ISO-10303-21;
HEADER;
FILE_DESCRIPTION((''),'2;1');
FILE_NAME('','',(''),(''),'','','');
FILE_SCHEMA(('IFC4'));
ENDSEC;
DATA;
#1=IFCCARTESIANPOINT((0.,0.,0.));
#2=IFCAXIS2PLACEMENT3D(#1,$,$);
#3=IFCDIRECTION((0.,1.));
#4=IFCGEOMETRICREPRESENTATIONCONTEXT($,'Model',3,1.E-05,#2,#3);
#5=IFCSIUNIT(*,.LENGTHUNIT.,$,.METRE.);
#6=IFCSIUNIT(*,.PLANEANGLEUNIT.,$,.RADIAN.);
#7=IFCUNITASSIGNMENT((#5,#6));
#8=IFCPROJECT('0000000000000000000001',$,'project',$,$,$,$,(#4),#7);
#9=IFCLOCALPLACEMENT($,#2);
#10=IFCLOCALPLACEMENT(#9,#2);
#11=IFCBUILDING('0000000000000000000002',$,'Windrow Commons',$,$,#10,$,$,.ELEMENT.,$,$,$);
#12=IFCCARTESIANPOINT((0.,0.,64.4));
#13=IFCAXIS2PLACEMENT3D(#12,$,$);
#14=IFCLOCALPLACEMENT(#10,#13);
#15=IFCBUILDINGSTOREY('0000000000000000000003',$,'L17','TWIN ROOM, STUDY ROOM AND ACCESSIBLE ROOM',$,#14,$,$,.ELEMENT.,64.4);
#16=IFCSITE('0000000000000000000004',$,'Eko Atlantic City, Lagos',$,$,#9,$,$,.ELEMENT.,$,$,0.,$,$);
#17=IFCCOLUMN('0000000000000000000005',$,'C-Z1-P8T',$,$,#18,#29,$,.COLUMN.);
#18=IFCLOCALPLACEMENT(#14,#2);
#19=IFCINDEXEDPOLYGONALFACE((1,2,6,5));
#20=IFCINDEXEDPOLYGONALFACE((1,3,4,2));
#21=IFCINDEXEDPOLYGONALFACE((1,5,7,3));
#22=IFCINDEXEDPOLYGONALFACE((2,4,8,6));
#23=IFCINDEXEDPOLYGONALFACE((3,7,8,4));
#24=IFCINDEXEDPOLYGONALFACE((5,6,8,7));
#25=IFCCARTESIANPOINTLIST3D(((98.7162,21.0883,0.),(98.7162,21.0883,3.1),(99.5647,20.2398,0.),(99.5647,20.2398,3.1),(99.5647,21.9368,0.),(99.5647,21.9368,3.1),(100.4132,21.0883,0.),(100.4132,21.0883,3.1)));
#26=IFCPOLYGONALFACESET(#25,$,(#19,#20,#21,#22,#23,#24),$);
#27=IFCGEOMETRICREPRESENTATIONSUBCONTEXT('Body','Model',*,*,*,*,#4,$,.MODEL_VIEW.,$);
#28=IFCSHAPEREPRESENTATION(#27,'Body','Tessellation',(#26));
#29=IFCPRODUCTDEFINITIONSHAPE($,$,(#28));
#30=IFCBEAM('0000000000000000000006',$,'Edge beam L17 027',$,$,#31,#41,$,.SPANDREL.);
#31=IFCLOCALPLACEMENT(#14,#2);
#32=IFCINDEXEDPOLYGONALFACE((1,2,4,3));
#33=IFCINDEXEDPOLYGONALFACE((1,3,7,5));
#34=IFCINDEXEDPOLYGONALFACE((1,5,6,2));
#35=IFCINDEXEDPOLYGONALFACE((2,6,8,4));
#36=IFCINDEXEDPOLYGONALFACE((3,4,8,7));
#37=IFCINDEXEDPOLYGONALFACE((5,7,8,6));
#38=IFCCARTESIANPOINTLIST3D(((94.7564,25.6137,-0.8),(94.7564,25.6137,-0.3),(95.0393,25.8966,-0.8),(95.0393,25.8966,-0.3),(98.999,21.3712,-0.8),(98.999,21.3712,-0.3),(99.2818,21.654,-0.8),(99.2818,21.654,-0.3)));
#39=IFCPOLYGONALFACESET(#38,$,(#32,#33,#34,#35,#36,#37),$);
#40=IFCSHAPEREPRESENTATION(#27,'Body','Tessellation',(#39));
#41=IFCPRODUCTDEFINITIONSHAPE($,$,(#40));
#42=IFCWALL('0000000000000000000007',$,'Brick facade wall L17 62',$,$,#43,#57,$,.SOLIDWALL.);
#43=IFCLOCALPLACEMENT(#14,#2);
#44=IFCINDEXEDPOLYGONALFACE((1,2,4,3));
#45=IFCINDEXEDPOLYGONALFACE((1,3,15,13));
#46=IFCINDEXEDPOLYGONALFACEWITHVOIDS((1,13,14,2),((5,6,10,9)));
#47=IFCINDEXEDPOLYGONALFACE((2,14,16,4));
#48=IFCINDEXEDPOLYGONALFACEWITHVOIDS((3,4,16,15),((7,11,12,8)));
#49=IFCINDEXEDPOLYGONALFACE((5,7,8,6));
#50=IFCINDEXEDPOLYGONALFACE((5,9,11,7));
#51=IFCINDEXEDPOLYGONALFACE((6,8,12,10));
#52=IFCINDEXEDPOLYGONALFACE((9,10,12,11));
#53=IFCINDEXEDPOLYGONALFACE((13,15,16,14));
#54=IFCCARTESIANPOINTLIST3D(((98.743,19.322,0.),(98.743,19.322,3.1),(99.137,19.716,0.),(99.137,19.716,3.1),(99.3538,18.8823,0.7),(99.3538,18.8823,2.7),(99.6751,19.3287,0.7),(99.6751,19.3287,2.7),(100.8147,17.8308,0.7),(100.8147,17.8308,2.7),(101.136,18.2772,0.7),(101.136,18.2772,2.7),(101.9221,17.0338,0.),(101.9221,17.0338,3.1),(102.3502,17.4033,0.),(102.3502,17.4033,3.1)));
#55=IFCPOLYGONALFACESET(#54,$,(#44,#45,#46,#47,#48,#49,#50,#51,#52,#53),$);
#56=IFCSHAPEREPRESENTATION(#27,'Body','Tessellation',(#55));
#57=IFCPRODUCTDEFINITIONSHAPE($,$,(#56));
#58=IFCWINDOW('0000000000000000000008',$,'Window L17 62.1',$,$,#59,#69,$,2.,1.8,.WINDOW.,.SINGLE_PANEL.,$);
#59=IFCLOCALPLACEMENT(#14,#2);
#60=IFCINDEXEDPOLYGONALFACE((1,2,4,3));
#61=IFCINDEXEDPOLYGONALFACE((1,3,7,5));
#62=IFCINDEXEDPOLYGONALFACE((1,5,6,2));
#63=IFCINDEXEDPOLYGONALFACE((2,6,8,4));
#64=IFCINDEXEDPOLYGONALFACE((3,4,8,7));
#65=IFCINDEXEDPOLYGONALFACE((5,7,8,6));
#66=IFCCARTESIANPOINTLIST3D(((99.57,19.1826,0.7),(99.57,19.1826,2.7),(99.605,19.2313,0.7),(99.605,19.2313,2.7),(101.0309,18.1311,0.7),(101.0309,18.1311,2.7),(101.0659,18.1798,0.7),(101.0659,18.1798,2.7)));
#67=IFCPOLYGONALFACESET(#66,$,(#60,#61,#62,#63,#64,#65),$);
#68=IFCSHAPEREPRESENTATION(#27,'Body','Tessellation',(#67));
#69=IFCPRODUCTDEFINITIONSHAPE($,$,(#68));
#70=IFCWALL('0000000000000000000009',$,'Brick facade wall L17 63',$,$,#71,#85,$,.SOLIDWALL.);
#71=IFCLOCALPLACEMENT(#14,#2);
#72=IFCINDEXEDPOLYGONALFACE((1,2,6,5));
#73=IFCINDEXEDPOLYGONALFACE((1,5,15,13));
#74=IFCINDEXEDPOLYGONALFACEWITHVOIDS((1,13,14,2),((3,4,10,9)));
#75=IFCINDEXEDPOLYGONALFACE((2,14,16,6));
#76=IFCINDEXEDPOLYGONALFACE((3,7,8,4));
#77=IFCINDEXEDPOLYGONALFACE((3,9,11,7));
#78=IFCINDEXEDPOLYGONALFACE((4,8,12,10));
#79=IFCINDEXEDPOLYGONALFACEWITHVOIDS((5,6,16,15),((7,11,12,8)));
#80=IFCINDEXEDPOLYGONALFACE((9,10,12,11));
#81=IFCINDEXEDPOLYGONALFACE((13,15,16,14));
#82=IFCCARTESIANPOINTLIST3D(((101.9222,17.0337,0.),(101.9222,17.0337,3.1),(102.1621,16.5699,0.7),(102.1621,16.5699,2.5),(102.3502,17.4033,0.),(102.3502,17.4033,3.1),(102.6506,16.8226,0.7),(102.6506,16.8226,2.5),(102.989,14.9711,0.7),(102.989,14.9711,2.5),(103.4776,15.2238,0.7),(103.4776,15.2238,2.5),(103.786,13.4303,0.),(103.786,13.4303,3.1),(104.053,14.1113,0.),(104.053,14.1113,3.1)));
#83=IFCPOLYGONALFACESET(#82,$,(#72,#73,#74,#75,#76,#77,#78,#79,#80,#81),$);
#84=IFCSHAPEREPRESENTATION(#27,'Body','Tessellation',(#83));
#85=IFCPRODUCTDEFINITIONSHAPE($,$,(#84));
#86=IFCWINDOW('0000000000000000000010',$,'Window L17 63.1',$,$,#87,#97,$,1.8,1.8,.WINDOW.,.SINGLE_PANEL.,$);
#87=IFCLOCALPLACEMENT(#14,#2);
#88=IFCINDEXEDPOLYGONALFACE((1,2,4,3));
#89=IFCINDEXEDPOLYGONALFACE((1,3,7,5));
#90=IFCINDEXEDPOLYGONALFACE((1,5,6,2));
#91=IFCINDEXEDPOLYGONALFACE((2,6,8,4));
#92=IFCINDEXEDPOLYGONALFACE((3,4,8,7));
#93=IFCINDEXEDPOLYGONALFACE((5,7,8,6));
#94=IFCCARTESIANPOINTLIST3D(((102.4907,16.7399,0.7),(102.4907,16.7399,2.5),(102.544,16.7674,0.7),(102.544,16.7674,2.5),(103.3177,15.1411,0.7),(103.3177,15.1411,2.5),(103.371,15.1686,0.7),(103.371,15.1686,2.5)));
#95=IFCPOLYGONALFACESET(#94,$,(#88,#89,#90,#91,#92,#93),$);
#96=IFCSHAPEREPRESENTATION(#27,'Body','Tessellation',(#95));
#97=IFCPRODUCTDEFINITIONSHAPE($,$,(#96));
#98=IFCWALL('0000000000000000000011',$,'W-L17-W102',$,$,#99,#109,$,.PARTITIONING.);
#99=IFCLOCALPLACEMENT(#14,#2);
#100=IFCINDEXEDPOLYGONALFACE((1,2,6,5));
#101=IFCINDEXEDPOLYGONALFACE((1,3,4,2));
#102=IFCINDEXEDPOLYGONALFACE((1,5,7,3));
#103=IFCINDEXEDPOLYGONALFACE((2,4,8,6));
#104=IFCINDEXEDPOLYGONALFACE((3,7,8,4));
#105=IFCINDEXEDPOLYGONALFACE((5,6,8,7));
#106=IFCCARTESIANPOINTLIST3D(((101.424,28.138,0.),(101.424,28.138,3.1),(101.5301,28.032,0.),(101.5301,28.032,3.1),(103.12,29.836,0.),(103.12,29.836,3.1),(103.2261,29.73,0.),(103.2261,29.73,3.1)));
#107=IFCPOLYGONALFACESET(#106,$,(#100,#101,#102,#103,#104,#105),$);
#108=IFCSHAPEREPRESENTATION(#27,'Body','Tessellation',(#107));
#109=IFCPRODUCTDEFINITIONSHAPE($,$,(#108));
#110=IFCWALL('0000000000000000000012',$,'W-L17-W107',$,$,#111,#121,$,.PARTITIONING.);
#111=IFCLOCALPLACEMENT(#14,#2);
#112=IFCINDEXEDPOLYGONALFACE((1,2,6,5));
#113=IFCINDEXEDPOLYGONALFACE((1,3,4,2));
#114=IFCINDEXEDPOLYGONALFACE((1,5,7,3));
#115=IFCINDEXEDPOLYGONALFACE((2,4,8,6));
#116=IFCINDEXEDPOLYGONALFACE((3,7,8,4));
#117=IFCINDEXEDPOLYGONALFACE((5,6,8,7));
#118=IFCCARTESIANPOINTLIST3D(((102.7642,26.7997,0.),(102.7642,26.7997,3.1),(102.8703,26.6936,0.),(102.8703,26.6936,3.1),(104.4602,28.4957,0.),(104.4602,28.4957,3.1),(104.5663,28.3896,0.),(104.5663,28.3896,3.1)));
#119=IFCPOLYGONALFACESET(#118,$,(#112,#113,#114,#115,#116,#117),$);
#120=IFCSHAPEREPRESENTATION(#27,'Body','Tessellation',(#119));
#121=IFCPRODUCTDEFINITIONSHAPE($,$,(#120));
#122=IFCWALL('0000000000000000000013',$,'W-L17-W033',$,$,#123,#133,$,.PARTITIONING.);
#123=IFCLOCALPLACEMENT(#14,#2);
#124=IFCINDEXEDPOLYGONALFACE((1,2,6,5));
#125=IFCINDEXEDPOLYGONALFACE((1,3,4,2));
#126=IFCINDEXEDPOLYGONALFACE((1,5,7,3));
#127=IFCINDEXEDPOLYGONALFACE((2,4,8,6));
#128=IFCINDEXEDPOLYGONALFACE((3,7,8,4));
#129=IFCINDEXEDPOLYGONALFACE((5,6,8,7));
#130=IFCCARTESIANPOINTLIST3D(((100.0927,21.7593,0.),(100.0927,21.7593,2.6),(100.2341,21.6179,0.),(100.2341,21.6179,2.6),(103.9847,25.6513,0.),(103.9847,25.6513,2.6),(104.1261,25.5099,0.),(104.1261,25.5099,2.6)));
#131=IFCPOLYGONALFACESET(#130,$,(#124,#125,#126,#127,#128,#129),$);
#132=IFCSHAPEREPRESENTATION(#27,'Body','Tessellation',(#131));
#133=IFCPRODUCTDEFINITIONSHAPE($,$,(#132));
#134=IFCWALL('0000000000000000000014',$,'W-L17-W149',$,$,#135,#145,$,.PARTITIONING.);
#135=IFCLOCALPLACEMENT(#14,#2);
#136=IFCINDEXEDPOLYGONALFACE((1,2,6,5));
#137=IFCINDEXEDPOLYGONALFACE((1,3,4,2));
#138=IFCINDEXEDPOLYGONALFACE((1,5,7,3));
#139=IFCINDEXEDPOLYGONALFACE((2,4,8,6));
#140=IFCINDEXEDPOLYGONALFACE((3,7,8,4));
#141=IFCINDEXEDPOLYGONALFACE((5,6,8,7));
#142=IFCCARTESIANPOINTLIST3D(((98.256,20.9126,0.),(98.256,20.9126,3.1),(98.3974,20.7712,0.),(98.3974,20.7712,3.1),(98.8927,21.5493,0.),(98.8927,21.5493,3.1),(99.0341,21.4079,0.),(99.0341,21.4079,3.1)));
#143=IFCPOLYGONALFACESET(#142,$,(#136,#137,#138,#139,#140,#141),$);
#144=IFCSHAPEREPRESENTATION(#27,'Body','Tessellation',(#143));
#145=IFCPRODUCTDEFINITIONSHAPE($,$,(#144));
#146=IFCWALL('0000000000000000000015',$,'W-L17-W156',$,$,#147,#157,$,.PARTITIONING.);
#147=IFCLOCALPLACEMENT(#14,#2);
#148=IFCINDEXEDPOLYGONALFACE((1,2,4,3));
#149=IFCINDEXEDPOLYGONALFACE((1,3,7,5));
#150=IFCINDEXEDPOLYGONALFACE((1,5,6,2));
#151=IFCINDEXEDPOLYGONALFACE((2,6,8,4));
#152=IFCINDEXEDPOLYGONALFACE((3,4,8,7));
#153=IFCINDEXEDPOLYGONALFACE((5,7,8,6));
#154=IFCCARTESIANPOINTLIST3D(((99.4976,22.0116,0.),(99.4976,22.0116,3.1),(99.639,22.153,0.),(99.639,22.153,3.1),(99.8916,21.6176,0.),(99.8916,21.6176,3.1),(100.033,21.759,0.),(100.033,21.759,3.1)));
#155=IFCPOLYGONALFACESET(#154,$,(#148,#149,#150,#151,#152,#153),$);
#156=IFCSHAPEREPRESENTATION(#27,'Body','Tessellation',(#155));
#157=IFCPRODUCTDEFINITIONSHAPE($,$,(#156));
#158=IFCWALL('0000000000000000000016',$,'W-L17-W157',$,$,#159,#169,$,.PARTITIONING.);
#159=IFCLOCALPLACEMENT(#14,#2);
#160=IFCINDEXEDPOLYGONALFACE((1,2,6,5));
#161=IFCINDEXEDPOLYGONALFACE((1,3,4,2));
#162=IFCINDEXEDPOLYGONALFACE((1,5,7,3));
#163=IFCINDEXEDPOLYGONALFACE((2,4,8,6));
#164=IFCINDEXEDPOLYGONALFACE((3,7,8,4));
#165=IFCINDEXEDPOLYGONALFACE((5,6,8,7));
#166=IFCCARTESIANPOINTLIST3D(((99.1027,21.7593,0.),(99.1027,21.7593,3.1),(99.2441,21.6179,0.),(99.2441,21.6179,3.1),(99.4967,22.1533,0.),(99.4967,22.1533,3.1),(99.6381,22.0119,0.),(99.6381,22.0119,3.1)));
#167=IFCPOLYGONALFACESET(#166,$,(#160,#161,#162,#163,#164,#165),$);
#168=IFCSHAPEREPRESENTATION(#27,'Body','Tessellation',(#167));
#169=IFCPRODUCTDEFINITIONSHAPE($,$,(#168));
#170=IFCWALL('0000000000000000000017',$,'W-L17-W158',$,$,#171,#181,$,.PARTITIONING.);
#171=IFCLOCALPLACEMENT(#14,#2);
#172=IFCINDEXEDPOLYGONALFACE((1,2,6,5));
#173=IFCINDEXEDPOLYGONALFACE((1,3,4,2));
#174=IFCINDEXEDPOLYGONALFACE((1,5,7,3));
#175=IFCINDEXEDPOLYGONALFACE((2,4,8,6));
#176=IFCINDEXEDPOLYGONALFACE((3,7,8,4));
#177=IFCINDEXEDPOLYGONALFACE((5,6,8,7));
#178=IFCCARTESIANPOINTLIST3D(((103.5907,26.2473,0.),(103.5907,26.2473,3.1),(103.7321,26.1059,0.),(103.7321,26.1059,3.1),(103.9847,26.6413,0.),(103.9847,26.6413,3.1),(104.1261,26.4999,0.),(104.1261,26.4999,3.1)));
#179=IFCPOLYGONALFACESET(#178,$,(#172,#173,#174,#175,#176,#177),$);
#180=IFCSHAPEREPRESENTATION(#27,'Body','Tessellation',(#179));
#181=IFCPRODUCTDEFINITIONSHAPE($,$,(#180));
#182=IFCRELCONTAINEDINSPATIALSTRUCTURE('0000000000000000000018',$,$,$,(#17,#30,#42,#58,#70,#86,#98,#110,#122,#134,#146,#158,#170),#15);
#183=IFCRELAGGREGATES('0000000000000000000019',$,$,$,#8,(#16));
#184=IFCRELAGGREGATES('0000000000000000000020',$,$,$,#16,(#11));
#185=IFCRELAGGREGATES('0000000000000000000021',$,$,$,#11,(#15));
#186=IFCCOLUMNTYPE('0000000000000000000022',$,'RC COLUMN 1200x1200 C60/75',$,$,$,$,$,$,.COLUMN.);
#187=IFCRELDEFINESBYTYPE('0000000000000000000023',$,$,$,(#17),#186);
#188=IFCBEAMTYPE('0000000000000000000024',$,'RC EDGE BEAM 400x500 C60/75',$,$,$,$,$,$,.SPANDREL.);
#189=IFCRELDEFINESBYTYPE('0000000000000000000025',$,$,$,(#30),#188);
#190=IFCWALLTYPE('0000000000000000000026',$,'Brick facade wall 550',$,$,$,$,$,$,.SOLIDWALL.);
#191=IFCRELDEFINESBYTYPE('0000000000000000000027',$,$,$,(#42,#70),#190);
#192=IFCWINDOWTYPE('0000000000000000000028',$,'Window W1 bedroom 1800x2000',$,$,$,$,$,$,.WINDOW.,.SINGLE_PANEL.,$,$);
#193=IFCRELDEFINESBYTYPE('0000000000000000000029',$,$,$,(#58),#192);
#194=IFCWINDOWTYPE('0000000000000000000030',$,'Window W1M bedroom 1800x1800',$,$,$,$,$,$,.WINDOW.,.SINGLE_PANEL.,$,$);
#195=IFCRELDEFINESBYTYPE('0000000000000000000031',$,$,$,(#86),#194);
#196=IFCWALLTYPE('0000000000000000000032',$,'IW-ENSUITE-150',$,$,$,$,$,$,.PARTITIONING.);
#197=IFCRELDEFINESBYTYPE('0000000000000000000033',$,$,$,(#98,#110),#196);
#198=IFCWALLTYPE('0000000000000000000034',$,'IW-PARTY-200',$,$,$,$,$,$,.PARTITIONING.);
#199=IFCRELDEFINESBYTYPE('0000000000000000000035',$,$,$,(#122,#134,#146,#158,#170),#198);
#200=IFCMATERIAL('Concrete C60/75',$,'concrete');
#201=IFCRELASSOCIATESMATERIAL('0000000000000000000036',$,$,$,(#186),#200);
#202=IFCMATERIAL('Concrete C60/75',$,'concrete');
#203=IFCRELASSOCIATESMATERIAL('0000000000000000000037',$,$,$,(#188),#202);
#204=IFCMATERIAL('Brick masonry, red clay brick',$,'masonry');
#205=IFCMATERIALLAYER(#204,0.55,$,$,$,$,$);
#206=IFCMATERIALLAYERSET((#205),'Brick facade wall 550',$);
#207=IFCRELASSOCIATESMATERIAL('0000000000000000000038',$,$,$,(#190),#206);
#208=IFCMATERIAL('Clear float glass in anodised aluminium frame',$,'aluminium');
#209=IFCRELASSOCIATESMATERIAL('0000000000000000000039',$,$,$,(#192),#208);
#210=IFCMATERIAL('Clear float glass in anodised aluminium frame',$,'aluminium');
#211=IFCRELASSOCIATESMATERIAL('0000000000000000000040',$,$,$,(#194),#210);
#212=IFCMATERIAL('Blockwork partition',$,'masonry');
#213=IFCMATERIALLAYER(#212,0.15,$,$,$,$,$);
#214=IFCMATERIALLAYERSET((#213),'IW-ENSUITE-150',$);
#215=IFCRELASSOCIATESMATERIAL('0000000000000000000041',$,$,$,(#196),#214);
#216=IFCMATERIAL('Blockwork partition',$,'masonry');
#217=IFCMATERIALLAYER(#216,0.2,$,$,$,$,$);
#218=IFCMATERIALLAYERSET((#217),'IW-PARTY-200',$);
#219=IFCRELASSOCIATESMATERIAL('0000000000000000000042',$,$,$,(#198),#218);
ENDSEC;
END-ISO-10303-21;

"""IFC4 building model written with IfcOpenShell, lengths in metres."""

from ifc_helpers import new_model, si_unit, direction, frame, frame_2d, origin, origin_2d, place, context, subcontext, project, spatial, polyline, rectangle, outline, extrude, material, layer, layer_set, material_profile, profile_set, type_object, element, fill, save


model = new_model("IFC4")

# Units and contexts
model_context = context("Model", 3, precision=1e-05, world=origin(), true_north=direction((0.0, 1.0)))
body_context = subcontext(model_context, "Body", "Model", "MODEL_VIEW")
ifc_project = project(units=[si_unit("LENGTHUNIT", "METRE"), si_unit("PLANEANGLEUNIT", "RADIAN")], contexts=[model_context])

# Site, building, storey
site_placement = place(None, origin())
site = spatial("IfcSite", under=ifc_project, at=site_placement, Name="Eko Atlantic City, Lagos", CompositionType="ELEMENT", RefElevation=0.0)
building_placement = place(site_placement, origin())
building = spatial("IfcBuilding", under=site, at=building_placement, Name="Windrow Commons", CompositionType="ELEMENT")
storey_placement = place(building_placement, frame((0.0, 0.0, 64.4)))
storey = spatial("IfcBuildingStorey", under=building, at=storey_placement, Name="L17", Description="TWIN ROOM, STUDY ROOM AND ACCESSIBLE ROOM", CompositionType="ELEMENT", Elevation=64.4)

# Column
ifc_material_1 = material(Name="Concrete C60/75", Category="concrete")
ifc_material_profile_1 = material_profile(ifc_material_1, rectangle(XDim=1.2, YDim=1.2, at=origin_2d()))
ifc_profile_set_1 = profile_set([ifc_material_profile_1], Name="Concrete C60/75")
column_type = type_object("IfcColumnType", Name="RC COLUMN 1200x1200 C60/75", PredefinedType="COLUMN", material=ifc_profile_set_1)
column_placement = place(storey_placement, frame((99.5647, 21.0883, 0.0), z_axis=(0.0, 0.0, 1.0), x_axis=(0.707107, -0.707107, 0.0)))
element("IfcColumn", 1, at=column_placement, inside=storey, type_object=column_type, Name="C-Z1-P8T", PredefinedType="COLUMN", context=body_context, shape_type="SweptSolid", body=[
    extrude(rectangle(XDim=1.2, YDim=1.2, at=origin_2d()), origin(), (0.0, 0.0, 1.0), 3.1),
])

# Beam
ifc_material_2 = material(Name="Concrete C60/75", Category="concrete")
ifc_material_profile_2 = material_profile(ifc_material_2, rectangle(XDim=0.4, YDim=0.5, at=origin_2d()))
ifc_profile_set_2 = profile_set([ifc_material_profile_2], Name="Concrete C60/75")
beam_type = type_object("IfcBeamType", Name="RC EDGE BEAM 400x500 C60/75", PredefinedType="SPANDREL", material=ifc_profile_set_2)
beam_placement = place(storey_placement, frame((99.1404, 21.5126, -0.55), z_axis=(-0.707107, 0.707107, 0.0), x_axis=(-0.707107, -0.707107, 0.0)))
element("IfcBeam", 2, at=beam_placement, inside=storey, type_object=beam_type, Name="Edge beam L17 027", PredefinedType="SPANDREL", context=body_context, shape_type="SweptSolid", body=[
    extrude(rectangle(XDim=0.4, YDim=0.5, at=origin_2d()), origin(), (0.0, 0.0, 1.0), 5.9999),
])

# Walls, openings, windows
ifc_material_3 = material(Name="Brick masonry, red clay brick", Category="masonry")
ifc_layer_1 = layer(ifc_material_3, 0.55)
ifc_layer_set_1 = layer_set([ifc_layer_1], Name="Brick facade wall 550")
wall_type_1 = type_object("IfcWallType", Name="Brick facade wall 550", PredefinedType="SOLIDWALL", material=ifc_layer_set_1)
wall_1_placement = place(storey_placement, frame((98.94, 19.519, 0.0), z_axis=(0.0, 0.0, 1.0), x_axis=(0.811626, -0.584177, 0.0)))
wall_1 = element("IfcWall", 3, at=wall_1_placement, inside=storey, type_object=wall_type_1, Name="Brick facade wall L17 62", PredefinedType="SOLIDWALL", context=body_context, shape_type="SweptSolid", body=[
    extrude(outline(polyline([(-0.0448, -0.275), (3.8722, -0.275), (4.0037, 0.275), (0.0448, 0.275), (-0.0448, -0.275)])), origin(), (0.0, 0.0, 1.0), 3.1),
])
opening_1_placement = place(wall_1_placement, frame((0.7078, 0.0, 0.7)))
opening_1 = element("IfcOpeningElement", 4, at=opening_1_placement, cuts=wall_1, PredefinedType="OPENING", context=body_context, shape_type="SweptSolid", body=[
    extrude(rectangle(XDim=1.8, YDim=2.0, at=frame_2d((0.9, 1.0))), frame((0.0, 0.285, 0.0), z_axis=(0.0, -1.0, 0.0), x_axis=(1.0, 0.0, 0.0)), (0.0, 0.0, 1.0), 0.57),
])
ifc_material_4 = material(Name="Clear float glass in anodised aluminium frame", Category="aluminium")
window_type_1 = type_object("IfcWindowType", Name="Window W1 bedroom 1800x2000", PartitioningType="SINGLE_PANEL", PredefinedType="WINDOW", material=ifc_material_4)
window_1_placement = place(opening_1_placement, origin())
window_1 = element("IfcWindow", 5, at=window_1_placement, inside=storey, type_object=window_type_1, Name="Window L17 62.1", OverallHeight=2.0, OverallWidth=1.8, PartitioningType="SINGLE_PANEL", PredefinedType="WINDOW", context=body_context, shape_type="SweptSolid", body=[
    extrude(rectangle(XDim=1.8, YDim=2.0, at=frame_2d((0.9, 1.0))), frame((0.0, 0.155, 0.0), z_axis=(0.0, -1.0, 0.0), x_axis=(1.0, 0.0, 0.0)), (0.0, 0.0, 1.0), 0.06),
])
fill(opening_1, window_1)
wall_2_placement = place(storey_placement, frame((102.1362, 17.2185, 0.0), z_axis=(0.0, 0.0, 1.0), x_axis=(0.459424, -0.888217, 0.0)))
wall_2 = element("IfcWall", 6, at=wall_2_placement, inside=storey, type_object=wall_type_1, Name="Brick facade wall L17 63", PredefinedType="SOLIDWALL", context=body_context, shape_type="SweptSolid", body=[
    extrude(outline(polyline([(0.0658, -0.275), (4.1227, -0.275), (3.6405, 0.275), (-0.0658, 0.275), (0.0658, -0.275)])), origin(), (0.0, 0.0, 1.0), 3.1),
])
opening_2_placement = place(wall_2_placement, frame((0.588, 0.0, 0.7)))
opening_2 = element("IfcOpeningElement", 7, at=opening_2_placement, cuts=wall_2, PredefinedType="OPENING", context=body_context, shape_type="SweptSolid", body=[
    extrude(rectangle(XDim=1.8, YDim=1.8, at=frame_2d((0.9, 0.9))), frame((0.0, 0.285, 0.0), z_axis=(0.0, -1.0, 0.0), x_axis=(1.0, 0.0, 0.0)), (0.0, 0.0, 1.0), 0.57),
])
ifc_material_5 = material(Name="Clear float glass in anodised aluminium frame", Category="aluminium")
window_type_2 = type_object("IfcWindowType", Name="Window W1M bedroom 1800x1800", PartitioningType="SINGLE_PANEL", PredefinedType="WINDOW", material=ifc_material_5)
window_2_placement = place(opening_2_placement, origin())
window_2 = element("IfcWindow", 8, at=window_2_placement, inside=storey, type_object=window_type_2, Name="Window L17 63.1", OverallHeight=1.8, OverallWidth=1.8, PartitioningType="SINGLE_PANEL", PredefinedType="WINDOW", context=body_context, shape_type="SweptSolid", body=[
    extrude(rectangle(XDim=1.8, YDim=1.8, at=frame_2d((0.9, 0.9))), frame((0.0, 0.155, 0.0), z_axis=(0.0, -1.0, 0.0), x_axis=(1.0, 0.0, 0.0)), (0.0, 0.0, 1.0), 0.06),
])
fill(opening_2, window_2)

# Walls
ifc_material_6 = material(Name="Blockwork partition", Category="masonry")
ifc_layer_2 = layer(ifc_material_6, 0.15)
ifc_layer_set_2 = layer_set([ifc_layer_2], Name="IW-ENSUITE-150")
wall_type_2 = type_object("IfcWallType", Name="IW-ENSUITE-150", PredefinedType="PARTITIONING", material=ifc_layer_set_2)
wall_3_placement = place(storey_placement, frame((101.477, 28.085, 0.0), z_axis=(0.0, 0.0, 1.0), x_axis=(0.70669, 0.707523, 0.0)))
element("IfcWall", 9, at=wall_3_placement, inside=storey, type_object=wall_type_2, Name="W-L17-W102", PredefinedType="PARTITIONING", context=body_context, shape_type="SweptSolid", body=[
    extrude(rectangle(XDim=2.3999, YDim=0.15, at=frame_2d((1.2, 0.0))), origin(), (0.0, 0.0, 1.0), 3.1),
])
wall_4_placement = place(storey_placement, frame((102.8173, 26.7467, 0.0), z_axis=(0.0, 0.0, 1.0), x_axis=(0.707107, 0.707107, 0.0)))
element("IfcWall", 10, at=wall_4_placement, inside=storey, type_object=wall_type_2, Name="W-L17-W107", PredefinedType="PARTITIONING", context=body_context, shape_type="SweptSolid", body=[
    extrude(rectangle(XDim=2.3985, YDim=0.15, at=frame_2d((1.1992, 0.0))), origin(), (0.0, 0.0, 1.0), 3.1),
])
ifc_material_7 = material(Name="Blockwork partition", Category="masonry")
ifc_layer_3 = layer(ifc_material_7, 0.2)
ifc_layer_set_3 = layer_set([ifc_layer_3], Name="IW-PARTY-200")
wall_type_3 = type_object("IfcWallType", Name="IW-PARTY-200", PredefinedType="PARTITIONING", material=ifc_layer_set_3)
wall_5_placement = place(storey_placement, frame((100.1634, 21.6886, 0.0), z_axis=(0.0, 0.0, 1.0), x_axis=(0.707107, 0.707107, 0.0)))
element("IfcWall", 11, at=wall_5_placement, inside=storey, type_object=wall_type_3, Name="W-L17-W033", PredefinedType="PARTITIONING", context=body_context, shape_type="SweptSolid", body=[
    extrude(rectangle(XDim=5.5041, YDim=0.2, at=frame_2d((2.7521, 0.0))), origin(), (0.0, 0.0, 1.0), 2.6),
])
wall_6_placement = place(storey_placement, frame((98.3267, 20.8419, 0.0), z_axis=(0.0, 0.0, 1.0), x_axis=(0.707107, 0.707107, 0.0)))
element("IfcWall", 12, at=wall_6_placement, inside=storey, type_object=wall_type_3, Name="W-L17-W149", PredefinedType="PARTITIONING", context=body_context, shape_type="SweptSolid", body=[
    extrude(rectangle(XDim=0.9004, YDim=0.2, at=frame_2d((0.4502, 0.0))), origin(), (0.0, 0.0, 1.0), 3.1),
])
for number, where, z_axis, x_axis, name in (
    (13, (99.5683, 22.0823, 0.0), (0.0, 0.0, 1.0), (0.707107, -0.707107, 0.0), "W-L17-W156"),
    (14, (99.1734, 21.6886, 0.0), (0.0, 0.0, 1.0), (0.707107, 0.707107, 0.0), "W-L17-W157"),
    (15, (103.6614, 26.1766, 0.0), (0.0, 0.0, 1.0), (0.707107, 0.707107, 0.0), "W-L17-W158"),
):
    element("IfcWall", number, at=place(storey_placement, frame(where, z_axis=z_axis, x_axis=x_axis)), inside=storey, type_object=wall_type_3, Name=name, PredefinedType="PARTITIONING", context=body_context, shape_type="SweptSolid", body=[
        extrude(rectangle(XDim=0.5572, YDim=0.2, at=frame_2d((0.2786, 0.0))), origin(), (0.0, 0.0, 1.0), 3.1),
    ])

save(model, "model.ifc")
